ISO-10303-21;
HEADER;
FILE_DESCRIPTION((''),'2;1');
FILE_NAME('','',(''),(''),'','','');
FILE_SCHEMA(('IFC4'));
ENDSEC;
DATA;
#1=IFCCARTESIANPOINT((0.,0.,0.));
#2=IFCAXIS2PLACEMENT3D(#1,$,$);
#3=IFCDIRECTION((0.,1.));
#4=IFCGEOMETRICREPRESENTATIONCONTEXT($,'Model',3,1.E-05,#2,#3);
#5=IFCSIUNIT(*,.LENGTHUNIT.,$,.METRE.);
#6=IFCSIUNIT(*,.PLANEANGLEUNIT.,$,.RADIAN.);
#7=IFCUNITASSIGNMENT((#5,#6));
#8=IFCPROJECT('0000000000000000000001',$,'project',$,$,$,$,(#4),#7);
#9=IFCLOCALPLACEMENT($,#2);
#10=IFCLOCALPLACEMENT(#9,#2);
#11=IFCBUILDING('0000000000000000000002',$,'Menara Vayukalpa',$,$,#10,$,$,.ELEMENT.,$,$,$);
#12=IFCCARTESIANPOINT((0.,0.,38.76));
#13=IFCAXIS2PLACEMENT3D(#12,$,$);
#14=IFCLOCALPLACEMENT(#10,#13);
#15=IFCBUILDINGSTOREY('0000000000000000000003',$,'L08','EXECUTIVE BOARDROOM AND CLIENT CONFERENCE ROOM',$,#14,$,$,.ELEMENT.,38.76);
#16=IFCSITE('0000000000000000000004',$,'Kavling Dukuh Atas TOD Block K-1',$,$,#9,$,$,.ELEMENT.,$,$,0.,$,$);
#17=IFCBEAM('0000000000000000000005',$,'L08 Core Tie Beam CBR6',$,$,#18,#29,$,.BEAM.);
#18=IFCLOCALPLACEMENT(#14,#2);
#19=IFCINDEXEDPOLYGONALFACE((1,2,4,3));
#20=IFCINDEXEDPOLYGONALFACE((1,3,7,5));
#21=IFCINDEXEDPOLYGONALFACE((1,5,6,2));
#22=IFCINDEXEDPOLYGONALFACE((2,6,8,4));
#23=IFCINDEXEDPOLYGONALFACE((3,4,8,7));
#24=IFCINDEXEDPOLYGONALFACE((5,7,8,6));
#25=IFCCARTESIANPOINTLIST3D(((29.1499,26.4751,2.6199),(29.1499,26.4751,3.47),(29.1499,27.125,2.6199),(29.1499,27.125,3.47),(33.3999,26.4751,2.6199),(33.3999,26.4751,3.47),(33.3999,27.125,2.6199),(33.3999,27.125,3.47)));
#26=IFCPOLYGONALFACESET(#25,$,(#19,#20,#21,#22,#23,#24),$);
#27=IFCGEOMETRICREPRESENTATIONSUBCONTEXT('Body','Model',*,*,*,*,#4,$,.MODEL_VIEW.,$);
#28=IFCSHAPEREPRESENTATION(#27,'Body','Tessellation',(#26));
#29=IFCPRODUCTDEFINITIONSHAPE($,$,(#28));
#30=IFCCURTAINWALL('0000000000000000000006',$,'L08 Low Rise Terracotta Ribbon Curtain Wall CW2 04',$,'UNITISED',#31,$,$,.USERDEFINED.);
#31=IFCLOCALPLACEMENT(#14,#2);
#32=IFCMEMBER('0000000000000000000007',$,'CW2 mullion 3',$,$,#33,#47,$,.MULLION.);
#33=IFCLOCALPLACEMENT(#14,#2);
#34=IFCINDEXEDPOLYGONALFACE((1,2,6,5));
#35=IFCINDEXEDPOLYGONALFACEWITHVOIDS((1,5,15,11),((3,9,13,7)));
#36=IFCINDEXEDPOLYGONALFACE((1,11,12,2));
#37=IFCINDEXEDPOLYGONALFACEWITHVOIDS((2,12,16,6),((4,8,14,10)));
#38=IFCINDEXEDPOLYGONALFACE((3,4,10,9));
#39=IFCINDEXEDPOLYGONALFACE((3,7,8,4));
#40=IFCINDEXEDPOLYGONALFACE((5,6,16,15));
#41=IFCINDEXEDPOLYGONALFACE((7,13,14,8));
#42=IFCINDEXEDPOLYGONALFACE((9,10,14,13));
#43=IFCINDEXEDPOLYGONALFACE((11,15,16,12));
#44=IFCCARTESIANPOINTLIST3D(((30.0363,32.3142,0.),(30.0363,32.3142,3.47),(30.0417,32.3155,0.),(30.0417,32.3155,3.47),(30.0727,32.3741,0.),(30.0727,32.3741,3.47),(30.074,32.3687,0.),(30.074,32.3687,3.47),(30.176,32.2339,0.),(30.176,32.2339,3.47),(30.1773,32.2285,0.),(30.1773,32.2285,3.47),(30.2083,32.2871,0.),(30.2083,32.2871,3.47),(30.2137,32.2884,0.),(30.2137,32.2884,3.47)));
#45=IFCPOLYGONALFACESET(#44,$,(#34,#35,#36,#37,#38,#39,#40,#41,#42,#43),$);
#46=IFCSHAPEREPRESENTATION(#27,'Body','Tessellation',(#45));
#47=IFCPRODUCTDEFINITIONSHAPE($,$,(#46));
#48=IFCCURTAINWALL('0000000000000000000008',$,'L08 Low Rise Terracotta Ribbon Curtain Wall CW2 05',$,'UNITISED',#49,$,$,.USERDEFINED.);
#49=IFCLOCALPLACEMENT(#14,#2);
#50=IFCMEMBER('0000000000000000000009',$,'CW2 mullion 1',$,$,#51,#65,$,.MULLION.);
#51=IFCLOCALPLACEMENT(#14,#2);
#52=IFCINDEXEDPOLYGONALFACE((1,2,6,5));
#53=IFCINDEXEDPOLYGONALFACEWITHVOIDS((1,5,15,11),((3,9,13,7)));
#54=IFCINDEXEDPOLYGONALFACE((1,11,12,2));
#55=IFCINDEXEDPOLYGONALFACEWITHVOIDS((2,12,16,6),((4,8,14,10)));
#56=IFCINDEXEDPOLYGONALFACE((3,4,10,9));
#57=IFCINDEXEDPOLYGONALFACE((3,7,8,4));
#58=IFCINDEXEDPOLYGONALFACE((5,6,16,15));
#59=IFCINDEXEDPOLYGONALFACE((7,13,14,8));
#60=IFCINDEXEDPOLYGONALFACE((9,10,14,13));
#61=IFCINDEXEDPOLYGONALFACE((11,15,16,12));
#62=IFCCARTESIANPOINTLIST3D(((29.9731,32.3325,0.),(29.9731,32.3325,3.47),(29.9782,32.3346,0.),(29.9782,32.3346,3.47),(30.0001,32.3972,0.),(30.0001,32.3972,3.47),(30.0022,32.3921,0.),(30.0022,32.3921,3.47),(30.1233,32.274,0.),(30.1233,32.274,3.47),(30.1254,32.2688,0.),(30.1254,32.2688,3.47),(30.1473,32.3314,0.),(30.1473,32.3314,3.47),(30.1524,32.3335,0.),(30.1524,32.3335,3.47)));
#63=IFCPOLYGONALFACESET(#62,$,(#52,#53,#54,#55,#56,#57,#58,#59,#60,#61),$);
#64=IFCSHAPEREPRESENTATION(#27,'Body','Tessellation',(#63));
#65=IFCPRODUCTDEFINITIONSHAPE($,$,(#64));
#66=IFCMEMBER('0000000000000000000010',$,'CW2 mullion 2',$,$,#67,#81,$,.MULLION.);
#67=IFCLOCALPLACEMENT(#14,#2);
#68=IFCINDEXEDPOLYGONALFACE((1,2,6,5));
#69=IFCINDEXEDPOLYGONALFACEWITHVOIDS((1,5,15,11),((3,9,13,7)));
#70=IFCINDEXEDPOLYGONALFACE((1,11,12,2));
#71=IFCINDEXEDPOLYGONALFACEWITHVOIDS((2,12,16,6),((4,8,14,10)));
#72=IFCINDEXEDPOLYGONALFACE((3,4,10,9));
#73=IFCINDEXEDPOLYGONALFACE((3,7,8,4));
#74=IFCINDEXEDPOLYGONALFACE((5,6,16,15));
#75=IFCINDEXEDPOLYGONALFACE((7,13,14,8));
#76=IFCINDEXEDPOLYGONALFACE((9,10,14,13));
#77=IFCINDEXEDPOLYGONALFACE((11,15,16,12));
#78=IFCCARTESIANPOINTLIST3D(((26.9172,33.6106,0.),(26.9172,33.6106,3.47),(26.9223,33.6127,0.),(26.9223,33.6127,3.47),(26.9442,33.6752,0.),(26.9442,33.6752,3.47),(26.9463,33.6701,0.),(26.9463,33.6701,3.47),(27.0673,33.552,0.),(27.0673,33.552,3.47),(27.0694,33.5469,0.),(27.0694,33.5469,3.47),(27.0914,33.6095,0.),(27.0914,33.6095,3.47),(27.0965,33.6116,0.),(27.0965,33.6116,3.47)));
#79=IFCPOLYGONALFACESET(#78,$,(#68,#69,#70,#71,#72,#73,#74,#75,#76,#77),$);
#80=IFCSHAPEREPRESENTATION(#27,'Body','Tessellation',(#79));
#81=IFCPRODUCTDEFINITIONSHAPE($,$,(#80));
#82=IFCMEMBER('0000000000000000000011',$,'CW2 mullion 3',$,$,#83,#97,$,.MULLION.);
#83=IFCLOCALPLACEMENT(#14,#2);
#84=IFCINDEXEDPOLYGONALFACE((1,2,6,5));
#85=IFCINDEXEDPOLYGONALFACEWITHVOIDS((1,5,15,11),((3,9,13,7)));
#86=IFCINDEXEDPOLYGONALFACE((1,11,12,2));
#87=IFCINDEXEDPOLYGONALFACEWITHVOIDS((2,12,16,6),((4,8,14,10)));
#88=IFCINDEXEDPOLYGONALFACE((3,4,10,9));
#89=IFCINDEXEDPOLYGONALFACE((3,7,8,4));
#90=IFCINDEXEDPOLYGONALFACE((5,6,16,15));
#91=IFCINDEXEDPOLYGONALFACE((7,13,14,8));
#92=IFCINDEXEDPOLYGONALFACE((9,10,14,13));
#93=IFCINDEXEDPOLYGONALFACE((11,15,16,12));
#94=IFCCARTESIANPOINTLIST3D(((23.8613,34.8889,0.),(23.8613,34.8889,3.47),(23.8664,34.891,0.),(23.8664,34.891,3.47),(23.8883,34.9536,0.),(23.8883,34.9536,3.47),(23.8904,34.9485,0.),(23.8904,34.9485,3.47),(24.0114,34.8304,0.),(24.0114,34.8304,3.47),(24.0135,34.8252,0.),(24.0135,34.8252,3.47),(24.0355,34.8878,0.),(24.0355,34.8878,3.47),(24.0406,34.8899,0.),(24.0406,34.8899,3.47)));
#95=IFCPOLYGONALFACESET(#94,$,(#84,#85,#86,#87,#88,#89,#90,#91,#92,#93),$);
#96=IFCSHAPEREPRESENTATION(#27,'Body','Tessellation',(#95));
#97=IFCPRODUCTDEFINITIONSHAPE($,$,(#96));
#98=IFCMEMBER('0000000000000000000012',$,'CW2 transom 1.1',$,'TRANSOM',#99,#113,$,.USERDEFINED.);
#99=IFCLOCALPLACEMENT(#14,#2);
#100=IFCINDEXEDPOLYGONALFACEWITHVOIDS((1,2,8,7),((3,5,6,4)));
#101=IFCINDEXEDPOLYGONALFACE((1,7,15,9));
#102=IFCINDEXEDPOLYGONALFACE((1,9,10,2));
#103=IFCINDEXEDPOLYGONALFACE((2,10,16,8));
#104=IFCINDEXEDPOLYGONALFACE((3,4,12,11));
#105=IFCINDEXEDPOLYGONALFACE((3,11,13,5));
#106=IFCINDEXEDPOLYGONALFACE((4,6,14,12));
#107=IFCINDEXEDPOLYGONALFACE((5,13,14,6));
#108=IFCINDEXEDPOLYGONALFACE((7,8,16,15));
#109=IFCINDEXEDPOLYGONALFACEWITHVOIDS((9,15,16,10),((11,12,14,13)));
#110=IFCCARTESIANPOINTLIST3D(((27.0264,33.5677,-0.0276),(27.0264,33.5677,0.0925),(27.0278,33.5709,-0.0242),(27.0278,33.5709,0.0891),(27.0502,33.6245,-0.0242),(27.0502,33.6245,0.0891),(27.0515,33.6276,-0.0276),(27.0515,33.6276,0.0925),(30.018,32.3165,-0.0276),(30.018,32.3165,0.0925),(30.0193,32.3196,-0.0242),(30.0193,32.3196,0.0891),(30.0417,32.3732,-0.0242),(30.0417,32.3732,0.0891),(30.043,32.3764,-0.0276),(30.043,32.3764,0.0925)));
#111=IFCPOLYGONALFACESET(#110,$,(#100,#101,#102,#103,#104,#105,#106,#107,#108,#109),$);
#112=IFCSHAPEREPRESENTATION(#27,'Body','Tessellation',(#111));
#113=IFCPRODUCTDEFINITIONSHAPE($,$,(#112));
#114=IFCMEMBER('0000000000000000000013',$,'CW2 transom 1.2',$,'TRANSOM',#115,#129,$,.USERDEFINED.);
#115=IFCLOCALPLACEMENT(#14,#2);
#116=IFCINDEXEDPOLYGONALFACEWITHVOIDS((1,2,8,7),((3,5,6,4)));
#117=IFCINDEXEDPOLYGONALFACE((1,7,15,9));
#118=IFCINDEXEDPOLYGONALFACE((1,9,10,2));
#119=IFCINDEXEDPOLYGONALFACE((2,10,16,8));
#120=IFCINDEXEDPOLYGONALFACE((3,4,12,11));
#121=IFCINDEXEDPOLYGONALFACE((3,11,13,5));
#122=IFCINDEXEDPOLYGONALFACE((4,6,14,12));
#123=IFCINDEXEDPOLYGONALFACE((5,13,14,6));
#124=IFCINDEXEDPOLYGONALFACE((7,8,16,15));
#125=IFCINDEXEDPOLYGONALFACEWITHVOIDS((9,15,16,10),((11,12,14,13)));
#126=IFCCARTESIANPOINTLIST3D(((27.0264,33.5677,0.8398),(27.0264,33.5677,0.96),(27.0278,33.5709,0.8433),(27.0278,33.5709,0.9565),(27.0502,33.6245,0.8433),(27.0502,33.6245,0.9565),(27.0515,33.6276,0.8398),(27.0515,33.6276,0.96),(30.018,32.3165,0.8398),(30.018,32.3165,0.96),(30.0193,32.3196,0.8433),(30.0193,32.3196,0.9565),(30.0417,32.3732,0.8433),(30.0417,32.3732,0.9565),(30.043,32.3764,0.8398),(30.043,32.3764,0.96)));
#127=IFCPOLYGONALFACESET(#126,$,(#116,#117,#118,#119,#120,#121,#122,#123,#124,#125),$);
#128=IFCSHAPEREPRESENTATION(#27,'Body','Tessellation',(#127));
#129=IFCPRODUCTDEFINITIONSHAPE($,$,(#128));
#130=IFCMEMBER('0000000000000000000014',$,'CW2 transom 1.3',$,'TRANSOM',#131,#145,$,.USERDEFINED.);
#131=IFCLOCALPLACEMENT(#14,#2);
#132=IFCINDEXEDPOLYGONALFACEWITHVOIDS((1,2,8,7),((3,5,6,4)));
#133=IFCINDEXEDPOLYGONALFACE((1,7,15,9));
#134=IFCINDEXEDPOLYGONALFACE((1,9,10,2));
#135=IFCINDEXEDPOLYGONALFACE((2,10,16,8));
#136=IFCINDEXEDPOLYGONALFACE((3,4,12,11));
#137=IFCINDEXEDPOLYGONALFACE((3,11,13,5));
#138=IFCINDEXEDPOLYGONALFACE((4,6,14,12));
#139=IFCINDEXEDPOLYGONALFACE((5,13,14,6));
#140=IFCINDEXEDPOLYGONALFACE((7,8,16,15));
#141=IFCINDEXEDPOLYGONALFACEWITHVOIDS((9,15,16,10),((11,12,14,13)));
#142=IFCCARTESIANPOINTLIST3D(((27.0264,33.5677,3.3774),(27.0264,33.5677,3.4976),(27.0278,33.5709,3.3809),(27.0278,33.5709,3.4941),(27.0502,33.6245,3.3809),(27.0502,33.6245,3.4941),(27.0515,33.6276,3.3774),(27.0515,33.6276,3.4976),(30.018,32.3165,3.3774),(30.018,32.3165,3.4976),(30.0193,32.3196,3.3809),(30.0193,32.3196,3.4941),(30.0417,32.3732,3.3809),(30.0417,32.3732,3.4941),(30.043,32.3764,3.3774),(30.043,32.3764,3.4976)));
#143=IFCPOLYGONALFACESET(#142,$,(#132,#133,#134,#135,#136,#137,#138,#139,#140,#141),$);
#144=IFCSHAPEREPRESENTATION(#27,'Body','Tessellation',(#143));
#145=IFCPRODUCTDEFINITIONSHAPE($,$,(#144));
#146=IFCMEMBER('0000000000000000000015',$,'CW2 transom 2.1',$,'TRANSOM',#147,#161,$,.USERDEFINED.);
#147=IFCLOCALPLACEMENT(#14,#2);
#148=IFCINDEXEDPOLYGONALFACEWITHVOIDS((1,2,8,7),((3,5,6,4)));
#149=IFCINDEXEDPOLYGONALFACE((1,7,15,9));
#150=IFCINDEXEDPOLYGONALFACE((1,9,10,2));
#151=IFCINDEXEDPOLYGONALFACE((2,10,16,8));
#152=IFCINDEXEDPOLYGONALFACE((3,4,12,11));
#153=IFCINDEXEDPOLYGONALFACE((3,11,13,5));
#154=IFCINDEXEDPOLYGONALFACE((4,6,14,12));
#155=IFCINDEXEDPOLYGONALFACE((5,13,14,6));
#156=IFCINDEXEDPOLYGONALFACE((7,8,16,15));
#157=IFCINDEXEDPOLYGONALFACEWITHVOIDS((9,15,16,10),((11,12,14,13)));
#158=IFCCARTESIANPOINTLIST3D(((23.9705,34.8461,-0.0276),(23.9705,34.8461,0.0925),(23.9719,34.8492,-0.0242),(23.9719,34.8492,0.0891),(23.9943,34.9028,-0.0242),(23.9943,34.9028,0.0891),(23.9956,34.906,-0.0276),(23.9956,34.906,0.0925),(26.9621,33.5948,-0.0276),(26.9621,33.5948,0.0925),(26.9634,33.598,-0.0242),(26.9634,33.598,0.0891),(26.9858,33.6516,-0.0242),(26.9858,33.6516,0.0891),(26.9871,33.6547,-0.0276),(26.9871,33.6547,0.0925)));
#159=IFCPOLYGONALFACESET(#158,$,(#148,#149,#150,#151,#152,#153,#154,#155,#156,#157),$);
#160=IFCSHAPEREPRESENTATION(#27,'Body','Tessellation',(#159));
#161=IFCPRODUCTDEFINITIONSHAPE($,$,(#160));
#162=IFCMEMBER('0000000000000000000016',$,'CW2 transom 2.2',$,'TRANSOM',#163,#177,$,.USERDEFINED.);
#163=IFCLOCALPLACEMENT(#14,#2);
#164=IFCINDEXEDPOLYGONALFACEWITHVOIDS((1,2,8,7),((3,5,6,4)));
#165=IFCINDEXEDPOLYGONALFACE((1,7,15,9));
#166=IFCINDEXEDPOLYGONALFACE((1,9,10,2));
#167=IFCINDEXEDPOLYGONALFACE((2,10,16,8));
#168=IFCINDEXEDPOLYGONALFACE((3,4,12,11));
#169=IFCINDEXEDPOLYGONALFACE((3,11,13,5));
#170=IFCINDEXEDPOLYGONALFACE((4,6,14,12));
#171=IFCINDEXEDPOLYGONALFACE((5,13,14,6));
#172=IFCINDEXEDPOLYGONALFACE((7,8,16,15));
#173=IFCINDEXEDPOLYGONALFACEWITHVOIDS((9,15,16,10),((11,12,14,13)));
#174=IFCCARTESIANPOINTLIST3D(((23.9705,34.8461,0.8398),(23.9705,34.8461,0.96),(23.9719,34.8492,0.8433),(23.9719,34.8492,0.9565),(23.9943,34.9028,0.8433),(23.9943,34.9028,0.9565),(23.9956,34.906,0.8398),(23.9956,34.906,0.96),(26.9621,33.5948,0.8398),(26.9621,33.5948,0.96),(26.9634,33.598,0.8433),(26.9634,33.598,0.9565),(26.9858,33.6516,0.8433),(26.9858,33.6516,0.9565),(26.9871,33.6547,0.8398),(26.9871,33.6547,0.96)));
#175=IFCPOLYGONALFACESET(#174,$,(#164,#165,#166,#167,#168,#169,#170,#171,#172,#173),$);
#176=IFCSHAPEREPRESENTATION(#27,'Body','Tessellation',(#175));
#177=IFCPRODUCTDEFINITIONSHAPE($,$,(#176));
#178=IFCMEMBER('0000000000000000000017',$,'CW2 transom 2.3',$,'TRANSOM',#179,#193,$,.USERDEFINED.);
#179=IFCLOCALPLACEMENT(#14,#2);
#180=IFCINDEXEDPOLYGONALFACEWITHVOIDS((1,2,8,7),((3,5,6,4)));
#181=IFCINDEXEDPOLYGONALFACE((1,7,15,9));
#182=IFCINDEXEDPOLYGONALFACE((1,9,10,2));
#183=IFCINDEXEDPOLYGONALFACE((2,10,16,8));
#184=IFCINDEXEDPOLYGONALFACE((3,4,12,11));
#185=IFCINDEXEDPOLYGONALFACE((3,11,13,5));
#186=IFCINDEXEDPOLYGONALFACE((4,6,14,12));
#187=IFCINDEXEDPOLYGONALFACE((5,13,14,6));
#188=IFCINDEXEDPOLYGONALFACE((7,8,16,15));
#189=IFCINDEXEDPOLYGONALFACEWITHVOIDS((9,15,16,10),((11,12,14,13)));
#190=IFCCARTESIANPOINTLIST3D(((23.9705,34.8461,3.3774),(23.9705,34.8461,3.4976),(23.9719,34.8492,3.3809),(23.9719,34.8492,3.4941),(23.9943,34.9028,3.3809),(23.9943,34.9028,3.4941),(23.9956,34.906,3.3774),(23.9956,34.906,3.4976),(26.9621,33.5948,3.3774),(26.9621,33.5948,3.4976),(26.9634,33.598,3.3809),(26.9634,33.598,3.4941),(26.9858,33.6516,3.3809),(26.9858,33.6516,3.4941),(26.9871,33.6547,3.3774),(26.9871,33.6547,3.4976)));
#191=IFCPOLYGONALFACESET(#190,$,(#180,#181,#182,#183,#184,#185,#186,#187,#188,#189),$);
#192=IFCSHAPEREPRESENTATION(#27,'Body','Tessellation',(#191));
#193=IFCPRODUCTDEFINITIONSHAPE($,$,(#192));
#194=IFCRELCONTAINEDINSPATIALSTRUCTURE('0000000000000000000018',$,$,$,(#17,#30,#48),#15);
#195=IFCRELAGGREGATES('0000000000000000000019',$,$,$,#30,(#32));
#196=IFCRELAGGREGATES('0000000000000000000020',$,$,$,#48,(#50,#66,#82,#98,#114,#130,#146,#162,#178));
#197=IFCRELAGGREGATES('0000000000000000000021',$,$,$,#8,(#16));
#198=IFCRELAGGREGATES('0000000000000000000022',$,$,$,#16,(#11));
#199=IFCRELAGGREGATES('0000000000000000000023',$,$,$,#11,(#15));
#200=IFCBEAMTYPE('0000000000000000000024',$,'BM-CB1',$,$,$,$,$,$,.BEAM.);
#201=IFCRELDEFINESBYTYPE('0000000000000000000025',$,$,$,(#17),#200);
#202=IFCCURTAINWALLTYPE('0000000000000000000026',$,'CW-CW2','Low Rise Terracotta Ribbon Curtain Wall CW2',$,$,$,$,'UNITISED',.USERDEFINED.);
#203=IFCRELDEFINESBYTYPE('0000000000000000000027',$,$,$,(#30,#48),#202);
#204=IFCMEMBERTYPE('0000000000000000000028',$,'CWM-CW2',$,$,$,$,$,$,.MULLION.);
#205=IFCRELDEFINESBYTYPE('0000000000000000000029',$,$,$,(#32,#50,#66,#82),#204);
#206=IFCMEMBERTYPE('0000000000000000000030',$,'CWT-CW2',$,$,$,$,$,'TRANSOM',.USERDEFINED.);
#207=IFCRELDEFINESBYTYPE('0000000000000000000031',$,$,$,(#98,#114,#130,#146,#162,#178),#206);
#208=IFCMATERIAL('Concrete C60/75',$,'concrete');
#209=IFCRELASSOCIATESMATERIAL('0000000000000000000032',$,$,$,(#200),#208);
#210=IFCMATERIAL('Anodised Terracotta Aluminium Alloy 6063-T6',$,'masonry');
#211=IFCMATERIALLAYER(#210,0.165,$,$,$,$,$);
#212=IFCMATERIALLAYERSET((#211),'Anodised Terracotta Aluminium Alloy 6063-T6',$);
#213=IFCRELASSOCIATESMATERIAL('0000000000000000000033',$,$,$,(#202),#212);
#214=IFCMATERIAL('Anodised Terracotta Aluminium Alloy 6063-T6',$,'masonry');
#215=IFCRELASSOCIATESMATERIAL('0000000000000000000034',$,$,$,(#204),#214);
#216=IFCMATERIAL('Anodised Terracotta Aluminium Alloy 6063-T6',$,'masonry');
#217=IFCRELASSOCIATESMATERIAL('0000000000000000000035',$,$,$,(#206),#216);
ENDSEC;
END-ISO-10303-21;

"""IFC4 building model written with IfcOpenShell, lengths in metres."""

from ifc_helpers import new_model, si_unit, direction, frame, origin, origin_2d, place, context, subcontext, project, spatial, rectangle, hollow_rectangle, extrude, material, layer, layer_set, material_profile, profile_set, type_object, element, aggregate, save


model = new_model("IFC4")

# Units and contexts
model_context = context("Model", 3, precision=1e-05, world=origin(), true_north=direction((0.0, 1.0)))
body_context = subcontext(model_context, "Body", "Model", "MODEL_VIEW")
ifc_project = project(units=[si_unit("LENGTHUNIT", "METRE"), si_unit("PLANEANGLEUNIT", "RADIAN")], contexts=[model_context])

# Site, building, storey
site_placement = place(None, origin())
site = spatial("IfcSite", under=ifc_project, at=site_placement, Name="Kavling Dukuh Atas TOD Block K-1", CompositionType="ELEMENT", RefElevation=0.0)
building_placement = place(site_placement, origin())
building = spatial("IfcBuilding", under=site, at=building_placement, Name="Menara Vayukalpa", CompositionType="ELEMENT")
storey_placement = place(building_placement, frame((0.0, 0.0, 38.76)))
storey = spatial("IfcBuildingStorey", under=building, at=storey_placement, Name="L08", Description="EXECUTIVE BOARDROOM AND CLIENT CONFERENCE ROOM", CompositionType="ELEMENT", Elevation=38.76)

# Beam
ifc_material_1 = material(Name="Concrete C60/75", Category="concrete")
ifc_material_profile_1 = material_profile(ifc_material_1, rectangle(XDim=0.6499, YDim=0.8501, at=origin_2d()), Name="RC 650x850")
ifc_profile_set_1 = profile_set([ifc_material_profile_1], Name="Concrete C60/75")
beam_type = type_object("IfcBeamType", Name="BM-CB1", PredefinedType="BEAM", material=ifc_profile_set_1)
beam_placement = place(storey_placement, frame((29.1499, 26.8, 3.0449), z_axis=(1.0, 0.0, 0.0), x_axis=(0.0, 1.0, 0.0)))
element("IfcBeam", 1, at=beam_placement, inside=storey, type_object=beam_type, Name="L08 Core Tie Beam CBR6", PredefinedType="BEAM", context=body_context, shape_type="SweptSolid", body=[
    extrude(rectangle(XDim=0.6499, YDim=0.8501, at=origin_2d()), origin(), (0.0, 0.0, 1.0), 4.25),
])

# Curtain wall, member
ifc_material_2 = material(Name="Anodised Terracotta Aluminium Alloy 6063-T6", Category="masonry")
ifc_layer_1 = layer(ifc_material_2, 0.165)
ifc_layer_set_1 = layer_set([ifc_layer_1], Name="Anodised Terracotta Aluminium Alloy 6063-T6")
curtain_wall_type = type_object("IfcCurtainWallType", Name="CW-CW2", Description="Low Rise Terracotta Ribbon Curtain Wall CW2", ElementType="UNITISED", PredefinedType="USERDEFINED", material=ifc_layer_set_1)
curtain_wall_1_placement = place(storey_placement, origin())
curtain_wall_1 = element("IfcCurtainWall", 2, at=curtain_wall_1_placement, inside=storey, type_object=curtain_wall_type, Name="L08 Low Rise Terracotta Ribbon Curtain Wall CW2 04", ObjectType="UNITISED", PredefinedType="USERDEFINED")
ifc_material_3 = material(Name="Anodised Terracotta Aluminium Alloy 6063-T6", Category="masonry")
ifc_material_profile_2 = material_profile(ifc_material_3, hollow_rectangle(XDim=0.0701, YDim=0.165, WallThickness=0.0039, at=origin_2d()), Name="ALU 70x165x4")
ifc_profile_set_2 = profile_set([ifc_material_profile_2], Name="Anodised Terracotta Aluminium Alloy 6063-T6")
member_type_1 = type_object("IfcMemberType", Name="CWM-CW2", PredefinedType="MULLION", material=ifc_profile_set_2)
member_1_placement = place(storey_placement, frame((30.125, 32.3013, 0.0), z_axis=(0.0, 0.0, 1.0), x_axis=(-0.519182, -0.854664, 0.0)))
member_1 = element("IfcMember", 3, at=member_1_placement, type_object=member_type_1, Name="CW2 mullion 3", PredefinedType="MULLION", context=body_context, shape_type="SweptSolid", body=[
    extrude(hollow_rectangle(XDim=0.0701, YDim=0.165, WallThickness=0.0039, at=origin_2d()), origin(), (0.0, 0.0, 1.0), 3.47),
])
aggregate(curtain_wall_1, [member_1])

# Curtain wall, members
curtain_wall_2_placement = place(storey_placement, origin())
curtain_wall_2 = element("IfcCurtainWall", 4, at=curtain_wall_2_placement, inside=storey, type_object=curtain_wall_type, Name="L08 Low Rise Terracotta Ribbon Curtain Wall CW2 05", ObjectType="UNITISED", PredefinedType="USERDEFINED")
member_2_placement = place(storey_placement, frame((30.0627, 32.333, 0.0), z_axis=(0.0, 0.0, 1.0), x_axis=(-0.385895, -0.922543, 0.0)))
member_2 = element("IfcMember", 5, at=member_2_placement, type_object=member_type_1, Name="CW2 mullion 1", PredefinedType="MULLION", context=body_context, shape_type="SweptSolid", body=[
    extrude(hollow_rectangle(XDim=0.0701, YDim=0.165, WallThickness=0.0039, at=origin_2d()), origin(), (0.0, 0.0, 1.0), 3.47),
])
member_3_placement = place(storey_placement, frame((27.0068, 33.6111, 0.0), z_axis=(0.0, 0.0, 1.0), x_axis=(-0.385895, -0.922543, 0.0)))
member_3 = element("IfcMember", 6, at=member_3_placement, type_object=member_type_1, Name="CW2 mullion 2", PredefinedType="MULLION", context=body_context, shape_type="SweptSolid", body=[
    extrude(hollow_rectangle(XDim=0.0701, YDim=0.165, WallThickness=0.0039, at=origin_2d()), origin(), (0.0, 0.0, 1.0), 3.47),
])
member_4_placement = place(storey_placement, frame((23.9509, 34.8894, 0.0), z_axis=(0.0, 0.0, 1.0), x_axis=(-0.385895, -0.922543, 0.0)))
member_4 = element("IfcMember", 7, at=member_4_placement, type_object=member_type_1, Name="CW2 mullion 3", PredefinedType="MULLION", context=body_context, shape_type="SweptSolid", body=[
    extrude(hollow_rectangle(XDim=0.0701, YDim=0.165, WallThickness=0.0039, at=origin_2d()), origin(), (0.0, 0.0, 1.0), 3.47),
])
ifc_material_4 = material(Name="Anodised Terracotta Aluminium Alloy 6063-T6", Category="masonry")
ifc_material_profile_3 = material_profile(ifc_material_4, hollow_rectangle(XDim=0.0649, YDim=0.1201, WallThickness=0.0034, at=origin_2d()), Name="ALU 65x120x3.5")
ifc_profile_set_3 = profile_set([ifc_material_profile_3], Name="Anodised Terracotta Aluminium Alloy 6063-T6")
member_type_2 = type_object("IfcMemberType", Name="CWT-CW2", ElementType="TRANSOM", PredefinedType="USERDEFINED", material=ifc_profile_set_3)
member_5_placement = place(storey_placement, frame((30.0305, 32.3464, 0.0325), z_axis=(-0.922553, 0.385871, 0.0), x_axis=(-0.385871, -0.922553, 0.0)))
member_5 = element("IfcMember", 8, at=member_5_placement, type_object=member_type_2, Name="CW2 transom 1.1", ObjectType="TRANSOM", PredefinedType="USERDEFINED", context=body_context, shape_type="SweptSolid", body=[
    extrude(hollow_rectangle(XDim=0.0649, YDim=0.1201, WallThickness=0.0034, at=origin_2d()), origin(), (0.0, 0.0, 1.0), 3.2427),
])
member_6_placement = place(storey_placement, frame((30.0305, 32.3464, 0.8999), z_axis=(-0.922553, 0.385871, 0.0), x_axis=(-0.385871, -0.922553, 0.0)))
member_6 = element("IfcMember", 9, at=member_6_placement, type_object=member_type_2, Name="CW2 transom 1.2", ObjectType="TRANSOM", PredefinedType="USERDEFINED", context=body_context, shape_type="SweptSolid", body=[
    extrude(hollow_rectangle(XDim=0.0649, YDim=0.1201, WallThickness=0.0034, at=origin_2d()), origin(), (0.0, 0.0, 1.0), 3.2427),
])
member_7_placement = place(storey_placement, frame((30.0305, 32.3464, 3.4375), z_axis=(-0.922553, 0.385871, 0.0), x_axis=(-0.385871, -0.922553, 0.0)))
member_7 = element("IfcMember", 10, at=member_7_placement, type_object=member_type_2, Name="CW2 transom 1.3", ObjectType="TRANSOM", PredefinedType="USERDEFINED", context=body_context, shape_type="SweptSolid", body=[
    extrude(hollow_rectangle(XDim=0.0649, YDim=0.1201, WallThickness=0.0034, at=origin_2d()), origin(), (0.0, 0.0, 1.0), 3.2427),
])
member_8_placement = place(storey_placement, frame((26.9746, 33.6248, 0.0325), z_axis=(-0.922553, 0.385871, 0.0), x_axis=(-0.385871, -0.922553, 0.0)))
member_8 = element("IfcMember", 11, at=member_8_placement, type_object=member_type_2, Name="CW2 transom 2.1", ObjectType="TRANSOM", PredefinedType="USERDEFINED", context=body_context, shape_type="SweptSolid", body=[
    extrude(hollow_rectangle(XDim=0.0649, YDim=0.1201, WallThickness=0.0034, at=origin_2d()), origin(), (0.0, 0.0, 1.0), 3.2427),
])
member_9_placement = place(storey_placement, frame((26.9746, 33.6248, 0.8999), z_axis=(-0.922553, 0.385871, 0.0), x_axis=(-0.385871, -0.922553, 0.0)))
member_9 = element("IfcMember", 12, at=member_9_placement, type_object=member_type_2, Name="CW2 transom 2.2", ObjectType="TRANSOM", PredefinedType="USERDEFINED", context=body_context, shape_type="SweptSolid", body=[
    extrude(hollow_rectangle(XDim=0.0649, YDim=0.1201, WallThickness=0.0034, at=origin_2d()), origin(), (0.0, 0.0, 1.0), 3.2427),
])
member_10_placement = place(storey_placement, frame((26.9746, 33.6248, 3.4375), z_axis=(-0.922553, 0.385871, 0.0), x_axis=(-0.385871, -0.922553, 0.0)))
member_10 = element("IfcMember", 13, at=member_10_placement, type_object=member_type_2, Name="CW2 transom 2.3", ObjectType="TRANSOM", PredefinedType="USERDEFINED", context=body_context, shape_type="SweptSolid", body=[
    extrude(hollow_rectangle(XDim=0.0649, YDim=0.1201, WallThickness=0.0034, at=origin_2d()), origin(), (0.0, 0.0, 1.0), 3.2427),
])
aggregate(curtain_wall_2, [member_2, member_3, member_4, member_5, member_6, member_7, member_8, member_9, member_10])

save(model, "model.ifc")
